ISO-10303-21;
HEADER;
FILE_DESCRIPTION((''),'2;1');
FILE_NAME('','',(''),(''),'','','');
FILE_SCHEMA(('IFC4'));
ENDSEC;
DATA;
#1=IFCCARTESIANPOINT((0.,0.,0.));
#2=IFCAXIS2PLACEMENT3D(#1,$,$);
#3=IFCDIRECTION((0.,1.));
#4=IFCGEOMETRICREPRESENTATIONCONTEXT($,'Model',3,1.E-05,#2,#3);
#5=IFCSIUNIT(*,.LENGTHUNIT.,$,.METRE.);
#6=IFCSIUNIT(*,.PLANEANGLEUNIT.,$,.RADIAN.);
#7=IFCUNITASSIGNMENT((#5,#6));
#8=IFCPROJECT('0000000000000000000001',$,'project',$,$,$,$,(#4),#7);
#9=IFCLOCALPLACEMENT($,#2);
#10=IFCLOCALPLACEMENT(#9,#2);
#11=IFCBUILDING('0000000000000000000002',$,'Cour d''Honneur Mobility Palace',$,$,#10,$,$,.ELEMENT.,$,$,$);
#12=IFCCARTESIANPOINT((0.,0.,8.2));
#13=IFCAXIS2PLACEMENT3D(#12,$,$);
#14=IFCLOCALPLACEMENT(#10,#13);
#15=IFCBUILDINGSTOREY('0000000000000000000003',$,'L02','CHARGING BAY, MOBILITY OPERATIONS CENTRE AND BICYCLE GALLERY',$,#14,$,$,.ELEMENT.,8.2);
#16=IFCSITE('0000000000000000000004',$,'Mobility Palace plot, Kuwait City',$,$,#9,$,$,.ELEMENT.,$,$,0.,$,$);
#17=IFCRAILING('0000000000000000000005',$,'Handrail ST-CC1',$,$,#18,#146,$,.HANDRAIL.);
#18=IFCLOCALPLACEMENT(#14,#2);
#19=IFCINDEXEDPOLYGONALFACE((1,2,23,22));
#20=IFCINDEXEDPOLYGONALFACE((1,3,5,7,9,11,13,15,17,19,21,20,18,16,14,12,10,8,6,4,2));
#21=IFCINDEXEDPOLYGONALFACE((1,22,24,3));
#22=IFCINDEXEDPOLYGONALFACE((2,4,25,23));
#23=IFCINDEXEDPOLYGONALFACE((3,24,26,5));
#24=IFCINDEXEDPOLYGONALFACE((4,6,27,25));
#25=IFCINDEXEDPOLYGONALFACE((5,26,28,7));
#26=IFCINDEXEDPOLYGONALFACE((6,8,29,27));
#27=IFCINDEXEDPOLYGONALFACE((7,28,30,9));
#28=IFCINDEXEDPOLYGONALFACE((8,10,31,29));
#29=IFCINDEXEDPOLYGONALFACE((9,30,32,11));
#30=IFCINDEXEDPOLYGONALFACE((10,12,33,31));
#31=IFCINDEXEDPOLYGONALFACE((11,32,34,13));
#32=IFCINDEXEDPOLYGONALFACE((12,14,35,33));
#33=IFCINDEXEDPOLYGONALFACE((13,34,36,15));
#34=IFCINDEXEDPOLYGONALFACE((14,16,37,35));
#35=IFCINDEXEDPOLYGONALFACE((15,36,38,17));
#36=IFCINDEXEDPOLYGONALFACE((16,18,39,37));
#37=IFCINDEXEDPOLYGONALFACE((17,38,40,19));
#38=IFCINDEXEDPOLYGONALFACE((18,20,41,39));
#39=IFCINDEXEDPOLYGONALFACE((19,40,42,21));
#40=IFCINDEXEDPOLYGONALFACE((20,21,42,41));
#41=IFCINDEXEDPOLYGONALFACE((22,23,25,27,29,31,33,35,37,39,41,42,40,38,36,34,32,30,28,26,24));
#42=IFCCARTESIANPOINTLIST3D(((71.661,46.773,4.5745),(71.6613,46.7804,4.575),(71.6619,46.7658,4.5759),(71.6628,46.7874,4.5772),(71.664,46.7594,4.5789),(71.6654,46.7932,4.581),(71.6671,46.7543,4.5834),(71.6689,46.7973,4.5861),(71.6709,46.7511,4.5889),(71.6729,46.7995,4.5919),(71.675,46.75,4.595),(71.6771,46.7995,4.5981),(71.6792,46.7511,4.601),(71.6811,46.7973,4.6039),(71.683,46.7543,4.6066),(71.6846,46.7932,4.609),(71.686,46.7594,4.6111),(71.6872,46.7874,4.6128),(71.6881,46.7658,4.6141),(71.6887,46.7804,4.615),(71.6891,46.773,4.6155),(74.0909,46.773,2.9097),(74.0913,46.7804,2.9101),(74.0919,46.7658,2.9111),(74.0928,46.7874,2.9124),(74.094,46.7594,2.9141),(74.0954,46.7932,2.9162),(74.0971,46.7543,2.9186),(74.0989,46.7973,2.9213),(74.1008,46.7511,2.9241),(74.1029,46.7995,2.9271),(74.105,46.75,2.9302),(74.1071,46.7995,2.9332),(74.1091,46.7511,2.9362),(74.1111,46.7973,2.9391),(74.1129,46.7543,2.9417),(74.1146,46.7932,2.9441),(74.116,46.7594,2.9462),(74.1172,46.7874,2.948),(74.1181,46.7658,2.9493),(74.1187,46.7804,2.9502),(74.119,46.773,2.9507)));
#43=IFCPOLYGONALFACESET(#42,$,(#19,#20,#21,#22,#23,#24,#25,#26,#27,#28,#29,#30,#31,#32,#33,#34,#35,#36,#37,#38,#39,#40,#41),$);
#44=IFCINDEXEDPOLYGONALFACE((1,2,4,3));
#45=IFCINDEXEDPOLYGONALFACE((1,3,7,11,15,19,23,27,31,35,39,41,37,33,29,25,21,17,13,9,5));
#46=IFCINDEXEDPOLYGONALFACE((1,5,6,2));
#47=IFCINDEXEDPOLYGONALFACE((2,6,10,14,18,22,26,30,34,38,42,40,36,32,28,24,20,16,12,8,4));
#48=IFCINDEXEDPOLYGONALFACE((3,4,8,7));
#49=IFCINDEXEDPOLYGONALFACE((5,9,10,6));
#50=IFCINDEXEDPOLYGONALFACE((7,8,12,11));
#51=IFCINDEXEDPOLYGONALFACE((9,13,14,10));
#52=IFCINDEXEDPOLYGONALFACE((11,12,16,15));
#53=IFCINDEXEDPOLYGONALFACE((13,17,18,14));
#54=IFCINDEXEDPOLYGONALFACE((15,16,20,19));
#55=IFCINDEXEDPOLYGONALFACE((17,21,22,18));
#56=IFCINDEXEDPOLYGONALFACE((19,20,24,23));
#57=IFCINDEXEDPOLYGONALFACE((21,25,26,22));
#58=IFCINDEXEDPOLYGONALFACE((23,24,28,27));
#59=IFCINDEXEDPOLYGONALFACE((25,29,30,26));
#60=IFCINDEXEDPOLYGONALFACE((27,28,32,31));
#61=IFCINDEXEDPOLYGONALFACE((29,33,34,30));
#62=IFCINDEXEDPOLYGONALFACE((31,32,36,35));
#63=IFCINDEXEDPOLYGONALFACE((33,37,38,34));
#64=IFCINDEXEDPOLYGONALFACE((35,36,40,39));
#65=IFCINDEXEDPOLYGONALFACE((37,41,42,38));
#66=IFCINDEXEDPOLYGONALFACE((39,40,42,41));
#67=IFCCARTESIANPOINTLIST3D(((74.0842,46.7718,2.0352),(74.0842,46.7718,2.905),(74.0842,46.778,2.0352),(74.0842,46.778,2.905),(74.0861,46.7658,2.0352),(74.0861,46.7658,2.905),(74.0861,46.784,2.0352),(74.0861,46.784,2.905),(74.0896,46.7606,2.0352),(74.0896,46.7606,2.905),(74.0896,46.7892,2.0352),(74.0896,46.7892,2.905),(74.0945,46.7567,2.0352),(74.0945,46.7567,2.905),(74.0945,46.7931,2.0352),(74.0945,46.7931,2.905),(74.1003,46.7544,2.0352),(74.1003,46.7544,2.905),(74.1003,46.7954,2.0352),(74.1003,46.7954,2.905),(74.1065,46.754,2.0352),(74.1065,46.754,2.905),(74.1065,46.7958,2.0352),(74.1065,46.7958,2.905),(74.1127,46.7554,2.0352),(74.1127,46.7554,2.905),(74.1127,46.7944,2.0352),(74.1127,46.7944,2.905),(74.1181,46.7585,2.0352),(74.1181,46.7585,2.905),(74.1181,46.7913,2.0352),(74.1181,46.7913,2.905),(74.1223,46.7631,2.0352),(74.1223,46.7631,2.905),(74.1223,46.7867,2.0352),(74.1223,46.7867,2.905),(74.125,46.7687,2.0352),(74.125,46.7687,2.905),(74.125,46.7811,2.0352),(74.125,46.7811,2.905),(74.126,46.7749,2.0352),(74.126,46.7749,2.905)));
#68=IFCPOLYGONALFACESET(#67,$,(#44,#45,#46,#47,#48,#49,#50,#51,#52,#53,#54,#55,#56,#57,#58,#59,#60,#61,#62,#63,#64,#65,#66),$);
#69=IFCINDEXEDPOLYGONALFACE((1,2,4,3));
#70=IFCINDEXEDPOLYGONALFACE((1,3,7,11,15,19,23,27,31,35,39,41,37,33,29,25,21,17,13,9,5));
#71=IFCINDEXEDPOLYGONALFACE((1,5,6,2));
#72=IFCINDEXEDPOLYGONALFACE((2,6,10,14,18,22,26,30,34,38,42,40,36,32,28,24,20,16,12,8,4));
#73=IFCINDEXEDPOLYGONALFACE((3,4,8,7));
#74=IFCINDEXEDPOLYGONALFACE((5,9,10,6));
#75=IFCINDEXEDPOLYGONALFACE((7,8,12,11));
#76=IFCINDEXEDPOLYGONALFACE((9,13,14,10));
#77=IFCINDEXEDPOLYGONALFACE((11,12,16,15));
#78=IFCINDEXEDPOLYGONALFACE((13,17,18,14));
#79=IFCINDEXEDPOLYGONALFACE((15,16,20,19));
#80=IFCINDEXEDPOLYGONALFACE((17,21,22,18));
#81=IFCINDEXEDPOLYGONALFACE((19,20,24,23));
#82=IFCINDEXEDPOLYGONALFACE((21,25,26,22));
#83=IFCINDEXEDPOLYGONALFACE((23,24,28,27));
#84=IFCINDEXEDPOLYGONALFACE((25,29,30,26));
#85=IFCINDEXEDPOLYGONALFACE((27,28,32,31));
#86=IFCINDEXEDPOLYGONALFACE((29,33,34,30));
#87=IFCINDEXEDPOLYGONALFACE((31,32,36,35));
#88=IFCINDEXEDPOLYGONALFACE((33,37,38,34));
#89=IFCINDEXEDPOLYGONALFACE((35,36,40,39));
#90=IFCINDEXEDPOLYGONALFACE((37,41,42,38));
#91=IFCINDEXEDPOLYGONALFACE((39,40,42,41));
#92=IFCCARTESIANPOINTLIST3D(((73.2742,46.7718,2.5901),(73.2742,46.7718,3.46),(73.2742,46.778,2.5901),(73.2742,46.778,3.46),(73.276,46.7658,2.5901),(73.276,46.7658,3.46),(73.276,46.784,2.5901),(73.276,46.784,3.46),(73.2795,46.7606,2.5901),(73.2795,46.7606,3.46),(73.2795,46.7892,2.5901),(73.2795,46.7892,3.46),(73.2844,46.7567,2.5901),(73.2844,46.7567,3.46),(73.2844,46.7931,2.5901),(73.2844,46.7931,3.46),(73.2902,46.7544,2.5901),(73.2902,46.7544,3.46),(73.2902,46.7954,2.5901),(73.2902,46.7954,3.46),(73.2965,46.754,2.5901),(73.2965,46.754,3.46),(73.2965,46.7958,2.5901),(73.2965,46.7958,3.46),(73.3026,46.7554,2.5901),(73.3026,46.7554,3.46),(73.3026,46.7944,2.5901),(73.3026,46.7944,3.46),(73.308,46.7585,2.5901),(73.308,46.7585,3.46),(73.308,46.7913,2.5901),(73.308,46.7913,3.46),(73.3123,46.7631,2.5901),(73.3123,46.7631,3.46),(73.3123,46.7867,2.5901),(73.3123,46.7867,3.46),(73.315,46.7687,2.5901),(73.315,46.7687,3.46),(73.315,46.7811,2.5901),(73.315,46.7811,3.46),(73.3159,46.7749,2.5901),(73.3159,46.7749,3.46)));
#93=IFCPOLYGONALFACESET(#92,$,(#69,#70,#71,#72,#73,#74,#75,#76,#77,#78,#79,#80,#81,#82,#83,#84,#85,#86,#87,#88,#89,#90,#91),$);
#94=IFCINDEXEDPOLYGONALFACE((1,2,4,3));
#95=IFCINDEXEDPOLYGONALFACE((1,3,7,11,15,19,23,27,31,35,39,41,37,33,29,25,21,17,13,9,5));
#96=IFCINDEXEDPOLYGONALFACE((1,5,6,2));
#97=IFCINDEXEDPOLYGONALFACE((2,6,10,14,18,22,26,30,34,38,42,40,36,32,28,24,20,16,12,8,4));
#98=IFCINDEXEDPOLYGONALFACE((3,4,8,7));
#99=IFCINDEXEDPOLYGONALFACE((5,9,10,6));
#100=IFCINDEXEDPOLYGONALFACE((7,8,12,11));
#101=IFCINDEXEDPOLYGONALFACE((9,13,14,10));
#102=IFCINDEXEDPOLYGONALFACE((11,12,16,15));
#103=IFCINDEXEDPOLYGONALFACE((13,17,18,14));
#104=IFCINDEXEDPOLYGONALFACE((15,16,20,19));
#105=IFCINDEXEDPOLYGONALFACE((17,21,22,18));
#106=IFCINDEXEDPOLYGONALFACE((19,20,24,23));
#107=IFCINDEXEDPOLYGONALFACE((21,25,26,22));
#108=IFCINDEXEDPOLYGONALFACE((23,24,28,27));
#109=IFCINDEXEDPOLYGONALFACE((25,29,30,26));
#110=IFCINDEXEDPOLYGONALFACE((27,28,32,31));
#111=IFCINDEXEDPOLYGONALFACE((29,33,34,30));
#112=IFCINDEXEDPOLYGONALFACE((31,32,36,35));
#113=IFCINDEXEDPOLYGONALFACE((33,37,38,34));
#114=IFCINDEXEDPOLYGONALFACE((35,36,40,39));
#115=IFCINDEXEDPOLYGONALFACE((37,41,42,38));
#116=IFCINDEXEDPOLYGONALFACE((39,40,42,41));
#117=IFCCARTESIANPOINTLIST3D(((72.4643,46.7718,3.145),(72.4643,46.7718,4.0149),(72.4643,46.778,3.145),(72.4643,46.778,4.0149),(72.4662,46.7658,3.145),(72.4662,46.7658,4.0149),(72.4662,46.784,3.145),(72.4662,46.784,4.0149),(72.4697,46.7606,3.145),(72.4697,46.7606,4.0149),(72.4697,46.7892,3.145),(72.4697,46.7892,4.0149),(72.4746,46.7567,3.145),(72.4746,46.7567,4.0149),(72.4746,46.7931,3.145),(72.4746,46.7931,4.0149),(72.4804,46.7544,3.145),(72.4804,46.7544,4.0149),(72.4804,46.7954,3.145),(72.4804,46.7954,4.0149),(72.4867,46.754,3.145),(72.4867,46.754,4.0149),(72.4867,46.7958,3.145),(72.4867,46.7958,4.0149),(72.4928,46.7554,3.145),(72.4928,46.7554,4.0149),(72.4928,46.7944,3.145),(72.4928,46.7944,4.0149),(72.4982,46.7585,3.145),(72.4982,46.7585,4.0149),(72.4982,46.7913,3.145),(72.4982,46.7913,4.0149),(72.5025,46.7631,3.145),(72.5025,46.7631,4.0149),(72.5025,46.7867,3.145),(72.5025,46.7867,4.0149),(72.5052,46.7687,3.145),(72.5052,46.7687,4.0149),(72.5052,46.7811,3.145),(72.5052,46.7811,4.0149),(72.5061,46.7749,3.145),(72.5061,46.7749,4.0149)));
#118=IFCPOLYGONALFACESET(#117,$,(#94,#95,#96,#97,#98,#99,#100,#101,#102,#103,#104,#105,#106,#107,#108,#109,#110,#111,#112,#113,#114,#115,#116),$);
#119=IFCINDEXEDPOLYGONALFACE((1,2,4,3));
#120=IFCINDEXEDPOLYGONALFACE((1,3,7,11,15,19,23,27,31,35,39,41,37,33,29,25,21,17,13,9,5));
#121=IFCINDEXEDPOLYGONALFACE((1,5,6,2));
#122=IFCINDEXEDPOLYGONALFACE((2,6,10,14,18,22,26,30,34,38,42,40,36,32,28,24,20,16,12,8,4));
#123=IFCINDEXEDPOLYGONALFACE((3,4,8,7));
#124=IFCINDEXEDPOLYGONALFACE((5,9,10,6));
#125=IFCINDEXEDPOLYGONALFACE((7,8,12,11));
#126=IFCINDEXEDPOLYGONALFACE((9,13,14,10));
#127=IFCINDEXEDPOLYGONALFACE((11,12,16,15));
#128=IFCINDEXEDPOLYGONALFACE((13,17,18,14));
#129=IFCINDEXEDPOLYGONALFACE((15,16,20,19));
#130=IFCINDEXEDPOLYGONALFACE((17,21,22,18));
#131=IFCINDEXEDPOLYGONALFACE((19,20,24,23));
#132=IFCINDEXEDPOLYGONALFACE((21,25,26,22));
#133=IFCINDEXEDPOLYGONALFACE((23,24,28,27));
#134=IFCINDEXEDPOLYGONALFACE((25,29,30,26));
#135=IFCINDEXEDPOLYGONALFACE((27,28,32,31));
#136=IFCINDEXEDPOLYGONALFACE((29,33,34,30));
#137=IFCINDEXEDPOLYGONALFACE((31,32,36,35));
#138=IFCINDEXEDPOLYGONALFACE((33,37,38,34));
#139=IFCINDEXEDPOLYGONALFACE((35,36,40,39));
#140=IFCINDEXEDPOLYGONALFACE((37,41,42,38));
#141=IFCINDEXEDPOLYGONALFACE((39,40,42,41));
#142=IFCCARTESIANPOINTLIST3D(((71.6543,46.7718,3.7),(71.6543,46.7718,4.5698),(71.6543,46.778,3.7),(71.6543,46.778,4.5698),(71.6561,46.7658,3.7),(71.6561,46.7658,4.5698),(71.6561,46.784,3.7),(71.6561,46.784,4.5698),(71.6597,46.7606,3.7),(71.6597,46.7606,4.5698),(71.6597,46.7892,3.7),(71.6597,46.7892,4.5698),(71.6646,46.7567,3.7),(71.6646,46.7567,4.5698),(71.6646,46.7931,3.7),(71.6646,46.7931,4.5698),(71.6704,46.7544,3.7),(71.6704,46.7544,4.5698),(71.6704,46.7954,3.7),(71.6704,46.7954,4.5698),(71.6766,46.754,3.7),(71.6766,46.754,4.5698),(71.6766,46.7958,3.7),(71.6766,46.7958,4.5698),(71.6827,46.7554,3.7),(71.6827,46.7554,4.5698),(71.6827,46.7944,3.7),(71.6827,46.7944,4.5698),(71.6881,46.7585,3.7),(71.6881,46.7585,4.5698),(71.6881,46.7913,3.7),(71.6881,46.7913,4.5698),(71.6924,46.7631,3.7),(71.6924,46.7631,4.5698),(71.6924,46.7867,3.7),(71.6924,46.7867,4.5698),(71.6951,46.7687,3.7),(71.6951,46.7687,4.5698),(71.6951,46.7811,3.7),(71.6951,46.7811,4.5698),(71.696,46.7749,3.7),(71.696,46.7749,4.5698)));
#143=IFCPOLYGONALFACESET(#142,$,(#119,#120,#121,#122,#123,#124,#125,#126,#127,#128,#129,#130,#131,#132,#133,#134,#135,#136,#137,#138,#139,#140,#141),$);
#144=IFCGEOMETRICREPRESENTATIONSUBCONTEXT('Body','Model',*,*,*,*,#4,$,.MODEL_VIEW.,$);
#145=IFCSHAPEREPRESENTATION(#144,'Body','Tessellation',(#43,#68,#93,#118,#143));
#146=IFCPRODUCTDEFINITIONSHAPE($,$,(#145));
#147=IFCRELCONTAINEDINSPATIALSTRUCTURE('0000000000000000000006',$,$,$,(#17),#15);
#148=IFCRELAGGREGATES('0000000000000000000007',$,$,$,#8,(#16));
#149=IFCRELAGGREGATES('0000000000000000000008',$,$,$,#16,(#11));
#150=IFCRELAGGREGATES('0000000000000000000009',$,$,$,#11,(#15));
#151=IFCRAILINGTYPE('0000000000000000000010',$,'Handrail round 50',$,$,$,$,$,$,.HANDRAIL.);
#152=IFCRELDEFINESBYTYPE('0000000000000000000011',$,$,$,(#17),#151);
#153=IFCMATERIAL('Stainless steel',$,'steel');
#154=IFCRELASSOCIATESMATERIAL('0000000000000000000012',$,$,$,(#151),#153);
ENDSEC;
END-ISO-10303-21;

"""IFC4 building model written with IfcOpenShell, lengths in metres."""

from ifc_helpers import new_model, si_unit, direction, frame, origin, origin_2d, place, context, subcontext, project, spatial, circle, extrude, material, type_object, element, save


model = new_model("IFC4")

# Units and contexts
model_context = context("Model", 3, precision=1e-05, world=origin(), true_north=direction((0.0, 1.0)))
body_context = subcontext(model_context, "Body", "Model", "MODEL_VIEW")
ifc_project = project(units=[si_unit("LENGTHUNIT", "METRE"), si_unit("PLANEANGLEUNIT", "RADIAN")], contexts=[model_context])

# Site, building, storey
site_placement = place(None, origin())
site = spatial("IfcSite", under=ifc_project, at=site_placement, Name="Mobility Palace plot, Kuwait City", CompositionType="ELEMENT", RefElevation=0.0)
building_placement = place(site_placement, origin())
building = spatial("IfcBuilding", under=site, at=building_placement, Name="Cour d'Honneur Mobility Palace", CompositionType="ELEMENT")
storey_placement = place(building_placement, frame((0.0, 0.0, 8.2)))
storey = spatial("IfcBuildingStorey", under=building, at=storey_placement, Name="L02", Description="CHARGING BAY, MOBILITY OPERATIONS CENTRE AND BICYCLE GALLERY", CompositionType="ELEMENT", Elevation=8.2)

# Railing
ifc_material_1 = material(Name="Stainless steel", Category="steel")
railing_type_1 = type_object("IfcRailingType", Name="Handrail round 50", PredefinedType="HANDRAIL", material=ifc_material_1)
for number, where, name in (
    (1, (74.105, 46.7749, 2.0352), "Handrail ST-CC1"),
):
    element("IfcRailing", number, at=place(storey_placement, frame(where)), inside=storey, type_object=railing_type_1, Name=name, PredefinedType="HANDRAIL", context=body_context, shape_type="SweptSolid", body=[
        extrude(circle(Radius=0.0249, at=origin_2d()), frame((0.0, 0.0, 0.895), z_axis=(-0.824957, 0.0, 0.565195), x_axis=(0.0, -1.0, 0.0)), (0.0, 0.0, 1.0), 2.9456),
        extrude(circle(Radius=0.021, at=origin_2d()), origin(), (0.0, 0.0, 1.0), 0.8699),
        extrude(circle(Radius=0.021, at=origin_2d()), frame((-0.8101, 0.0, 0.5549)), (0.0, 0.0, 1.0), 0.8699),
        extrude(circle(Radius=0.021, at=origin_2d()), frame((-1.6199, 0.0, 1.1099)), (0.0, 0.0, 1.0), 0.8699),
        extrude(circle(Radius=0.021, at=origin_2d()), frame((-2.4299, 0.0, 1.6648)), (0.0, 0.0, 1.0), 0.8699),
    ])

save(model, "model.ifc")
